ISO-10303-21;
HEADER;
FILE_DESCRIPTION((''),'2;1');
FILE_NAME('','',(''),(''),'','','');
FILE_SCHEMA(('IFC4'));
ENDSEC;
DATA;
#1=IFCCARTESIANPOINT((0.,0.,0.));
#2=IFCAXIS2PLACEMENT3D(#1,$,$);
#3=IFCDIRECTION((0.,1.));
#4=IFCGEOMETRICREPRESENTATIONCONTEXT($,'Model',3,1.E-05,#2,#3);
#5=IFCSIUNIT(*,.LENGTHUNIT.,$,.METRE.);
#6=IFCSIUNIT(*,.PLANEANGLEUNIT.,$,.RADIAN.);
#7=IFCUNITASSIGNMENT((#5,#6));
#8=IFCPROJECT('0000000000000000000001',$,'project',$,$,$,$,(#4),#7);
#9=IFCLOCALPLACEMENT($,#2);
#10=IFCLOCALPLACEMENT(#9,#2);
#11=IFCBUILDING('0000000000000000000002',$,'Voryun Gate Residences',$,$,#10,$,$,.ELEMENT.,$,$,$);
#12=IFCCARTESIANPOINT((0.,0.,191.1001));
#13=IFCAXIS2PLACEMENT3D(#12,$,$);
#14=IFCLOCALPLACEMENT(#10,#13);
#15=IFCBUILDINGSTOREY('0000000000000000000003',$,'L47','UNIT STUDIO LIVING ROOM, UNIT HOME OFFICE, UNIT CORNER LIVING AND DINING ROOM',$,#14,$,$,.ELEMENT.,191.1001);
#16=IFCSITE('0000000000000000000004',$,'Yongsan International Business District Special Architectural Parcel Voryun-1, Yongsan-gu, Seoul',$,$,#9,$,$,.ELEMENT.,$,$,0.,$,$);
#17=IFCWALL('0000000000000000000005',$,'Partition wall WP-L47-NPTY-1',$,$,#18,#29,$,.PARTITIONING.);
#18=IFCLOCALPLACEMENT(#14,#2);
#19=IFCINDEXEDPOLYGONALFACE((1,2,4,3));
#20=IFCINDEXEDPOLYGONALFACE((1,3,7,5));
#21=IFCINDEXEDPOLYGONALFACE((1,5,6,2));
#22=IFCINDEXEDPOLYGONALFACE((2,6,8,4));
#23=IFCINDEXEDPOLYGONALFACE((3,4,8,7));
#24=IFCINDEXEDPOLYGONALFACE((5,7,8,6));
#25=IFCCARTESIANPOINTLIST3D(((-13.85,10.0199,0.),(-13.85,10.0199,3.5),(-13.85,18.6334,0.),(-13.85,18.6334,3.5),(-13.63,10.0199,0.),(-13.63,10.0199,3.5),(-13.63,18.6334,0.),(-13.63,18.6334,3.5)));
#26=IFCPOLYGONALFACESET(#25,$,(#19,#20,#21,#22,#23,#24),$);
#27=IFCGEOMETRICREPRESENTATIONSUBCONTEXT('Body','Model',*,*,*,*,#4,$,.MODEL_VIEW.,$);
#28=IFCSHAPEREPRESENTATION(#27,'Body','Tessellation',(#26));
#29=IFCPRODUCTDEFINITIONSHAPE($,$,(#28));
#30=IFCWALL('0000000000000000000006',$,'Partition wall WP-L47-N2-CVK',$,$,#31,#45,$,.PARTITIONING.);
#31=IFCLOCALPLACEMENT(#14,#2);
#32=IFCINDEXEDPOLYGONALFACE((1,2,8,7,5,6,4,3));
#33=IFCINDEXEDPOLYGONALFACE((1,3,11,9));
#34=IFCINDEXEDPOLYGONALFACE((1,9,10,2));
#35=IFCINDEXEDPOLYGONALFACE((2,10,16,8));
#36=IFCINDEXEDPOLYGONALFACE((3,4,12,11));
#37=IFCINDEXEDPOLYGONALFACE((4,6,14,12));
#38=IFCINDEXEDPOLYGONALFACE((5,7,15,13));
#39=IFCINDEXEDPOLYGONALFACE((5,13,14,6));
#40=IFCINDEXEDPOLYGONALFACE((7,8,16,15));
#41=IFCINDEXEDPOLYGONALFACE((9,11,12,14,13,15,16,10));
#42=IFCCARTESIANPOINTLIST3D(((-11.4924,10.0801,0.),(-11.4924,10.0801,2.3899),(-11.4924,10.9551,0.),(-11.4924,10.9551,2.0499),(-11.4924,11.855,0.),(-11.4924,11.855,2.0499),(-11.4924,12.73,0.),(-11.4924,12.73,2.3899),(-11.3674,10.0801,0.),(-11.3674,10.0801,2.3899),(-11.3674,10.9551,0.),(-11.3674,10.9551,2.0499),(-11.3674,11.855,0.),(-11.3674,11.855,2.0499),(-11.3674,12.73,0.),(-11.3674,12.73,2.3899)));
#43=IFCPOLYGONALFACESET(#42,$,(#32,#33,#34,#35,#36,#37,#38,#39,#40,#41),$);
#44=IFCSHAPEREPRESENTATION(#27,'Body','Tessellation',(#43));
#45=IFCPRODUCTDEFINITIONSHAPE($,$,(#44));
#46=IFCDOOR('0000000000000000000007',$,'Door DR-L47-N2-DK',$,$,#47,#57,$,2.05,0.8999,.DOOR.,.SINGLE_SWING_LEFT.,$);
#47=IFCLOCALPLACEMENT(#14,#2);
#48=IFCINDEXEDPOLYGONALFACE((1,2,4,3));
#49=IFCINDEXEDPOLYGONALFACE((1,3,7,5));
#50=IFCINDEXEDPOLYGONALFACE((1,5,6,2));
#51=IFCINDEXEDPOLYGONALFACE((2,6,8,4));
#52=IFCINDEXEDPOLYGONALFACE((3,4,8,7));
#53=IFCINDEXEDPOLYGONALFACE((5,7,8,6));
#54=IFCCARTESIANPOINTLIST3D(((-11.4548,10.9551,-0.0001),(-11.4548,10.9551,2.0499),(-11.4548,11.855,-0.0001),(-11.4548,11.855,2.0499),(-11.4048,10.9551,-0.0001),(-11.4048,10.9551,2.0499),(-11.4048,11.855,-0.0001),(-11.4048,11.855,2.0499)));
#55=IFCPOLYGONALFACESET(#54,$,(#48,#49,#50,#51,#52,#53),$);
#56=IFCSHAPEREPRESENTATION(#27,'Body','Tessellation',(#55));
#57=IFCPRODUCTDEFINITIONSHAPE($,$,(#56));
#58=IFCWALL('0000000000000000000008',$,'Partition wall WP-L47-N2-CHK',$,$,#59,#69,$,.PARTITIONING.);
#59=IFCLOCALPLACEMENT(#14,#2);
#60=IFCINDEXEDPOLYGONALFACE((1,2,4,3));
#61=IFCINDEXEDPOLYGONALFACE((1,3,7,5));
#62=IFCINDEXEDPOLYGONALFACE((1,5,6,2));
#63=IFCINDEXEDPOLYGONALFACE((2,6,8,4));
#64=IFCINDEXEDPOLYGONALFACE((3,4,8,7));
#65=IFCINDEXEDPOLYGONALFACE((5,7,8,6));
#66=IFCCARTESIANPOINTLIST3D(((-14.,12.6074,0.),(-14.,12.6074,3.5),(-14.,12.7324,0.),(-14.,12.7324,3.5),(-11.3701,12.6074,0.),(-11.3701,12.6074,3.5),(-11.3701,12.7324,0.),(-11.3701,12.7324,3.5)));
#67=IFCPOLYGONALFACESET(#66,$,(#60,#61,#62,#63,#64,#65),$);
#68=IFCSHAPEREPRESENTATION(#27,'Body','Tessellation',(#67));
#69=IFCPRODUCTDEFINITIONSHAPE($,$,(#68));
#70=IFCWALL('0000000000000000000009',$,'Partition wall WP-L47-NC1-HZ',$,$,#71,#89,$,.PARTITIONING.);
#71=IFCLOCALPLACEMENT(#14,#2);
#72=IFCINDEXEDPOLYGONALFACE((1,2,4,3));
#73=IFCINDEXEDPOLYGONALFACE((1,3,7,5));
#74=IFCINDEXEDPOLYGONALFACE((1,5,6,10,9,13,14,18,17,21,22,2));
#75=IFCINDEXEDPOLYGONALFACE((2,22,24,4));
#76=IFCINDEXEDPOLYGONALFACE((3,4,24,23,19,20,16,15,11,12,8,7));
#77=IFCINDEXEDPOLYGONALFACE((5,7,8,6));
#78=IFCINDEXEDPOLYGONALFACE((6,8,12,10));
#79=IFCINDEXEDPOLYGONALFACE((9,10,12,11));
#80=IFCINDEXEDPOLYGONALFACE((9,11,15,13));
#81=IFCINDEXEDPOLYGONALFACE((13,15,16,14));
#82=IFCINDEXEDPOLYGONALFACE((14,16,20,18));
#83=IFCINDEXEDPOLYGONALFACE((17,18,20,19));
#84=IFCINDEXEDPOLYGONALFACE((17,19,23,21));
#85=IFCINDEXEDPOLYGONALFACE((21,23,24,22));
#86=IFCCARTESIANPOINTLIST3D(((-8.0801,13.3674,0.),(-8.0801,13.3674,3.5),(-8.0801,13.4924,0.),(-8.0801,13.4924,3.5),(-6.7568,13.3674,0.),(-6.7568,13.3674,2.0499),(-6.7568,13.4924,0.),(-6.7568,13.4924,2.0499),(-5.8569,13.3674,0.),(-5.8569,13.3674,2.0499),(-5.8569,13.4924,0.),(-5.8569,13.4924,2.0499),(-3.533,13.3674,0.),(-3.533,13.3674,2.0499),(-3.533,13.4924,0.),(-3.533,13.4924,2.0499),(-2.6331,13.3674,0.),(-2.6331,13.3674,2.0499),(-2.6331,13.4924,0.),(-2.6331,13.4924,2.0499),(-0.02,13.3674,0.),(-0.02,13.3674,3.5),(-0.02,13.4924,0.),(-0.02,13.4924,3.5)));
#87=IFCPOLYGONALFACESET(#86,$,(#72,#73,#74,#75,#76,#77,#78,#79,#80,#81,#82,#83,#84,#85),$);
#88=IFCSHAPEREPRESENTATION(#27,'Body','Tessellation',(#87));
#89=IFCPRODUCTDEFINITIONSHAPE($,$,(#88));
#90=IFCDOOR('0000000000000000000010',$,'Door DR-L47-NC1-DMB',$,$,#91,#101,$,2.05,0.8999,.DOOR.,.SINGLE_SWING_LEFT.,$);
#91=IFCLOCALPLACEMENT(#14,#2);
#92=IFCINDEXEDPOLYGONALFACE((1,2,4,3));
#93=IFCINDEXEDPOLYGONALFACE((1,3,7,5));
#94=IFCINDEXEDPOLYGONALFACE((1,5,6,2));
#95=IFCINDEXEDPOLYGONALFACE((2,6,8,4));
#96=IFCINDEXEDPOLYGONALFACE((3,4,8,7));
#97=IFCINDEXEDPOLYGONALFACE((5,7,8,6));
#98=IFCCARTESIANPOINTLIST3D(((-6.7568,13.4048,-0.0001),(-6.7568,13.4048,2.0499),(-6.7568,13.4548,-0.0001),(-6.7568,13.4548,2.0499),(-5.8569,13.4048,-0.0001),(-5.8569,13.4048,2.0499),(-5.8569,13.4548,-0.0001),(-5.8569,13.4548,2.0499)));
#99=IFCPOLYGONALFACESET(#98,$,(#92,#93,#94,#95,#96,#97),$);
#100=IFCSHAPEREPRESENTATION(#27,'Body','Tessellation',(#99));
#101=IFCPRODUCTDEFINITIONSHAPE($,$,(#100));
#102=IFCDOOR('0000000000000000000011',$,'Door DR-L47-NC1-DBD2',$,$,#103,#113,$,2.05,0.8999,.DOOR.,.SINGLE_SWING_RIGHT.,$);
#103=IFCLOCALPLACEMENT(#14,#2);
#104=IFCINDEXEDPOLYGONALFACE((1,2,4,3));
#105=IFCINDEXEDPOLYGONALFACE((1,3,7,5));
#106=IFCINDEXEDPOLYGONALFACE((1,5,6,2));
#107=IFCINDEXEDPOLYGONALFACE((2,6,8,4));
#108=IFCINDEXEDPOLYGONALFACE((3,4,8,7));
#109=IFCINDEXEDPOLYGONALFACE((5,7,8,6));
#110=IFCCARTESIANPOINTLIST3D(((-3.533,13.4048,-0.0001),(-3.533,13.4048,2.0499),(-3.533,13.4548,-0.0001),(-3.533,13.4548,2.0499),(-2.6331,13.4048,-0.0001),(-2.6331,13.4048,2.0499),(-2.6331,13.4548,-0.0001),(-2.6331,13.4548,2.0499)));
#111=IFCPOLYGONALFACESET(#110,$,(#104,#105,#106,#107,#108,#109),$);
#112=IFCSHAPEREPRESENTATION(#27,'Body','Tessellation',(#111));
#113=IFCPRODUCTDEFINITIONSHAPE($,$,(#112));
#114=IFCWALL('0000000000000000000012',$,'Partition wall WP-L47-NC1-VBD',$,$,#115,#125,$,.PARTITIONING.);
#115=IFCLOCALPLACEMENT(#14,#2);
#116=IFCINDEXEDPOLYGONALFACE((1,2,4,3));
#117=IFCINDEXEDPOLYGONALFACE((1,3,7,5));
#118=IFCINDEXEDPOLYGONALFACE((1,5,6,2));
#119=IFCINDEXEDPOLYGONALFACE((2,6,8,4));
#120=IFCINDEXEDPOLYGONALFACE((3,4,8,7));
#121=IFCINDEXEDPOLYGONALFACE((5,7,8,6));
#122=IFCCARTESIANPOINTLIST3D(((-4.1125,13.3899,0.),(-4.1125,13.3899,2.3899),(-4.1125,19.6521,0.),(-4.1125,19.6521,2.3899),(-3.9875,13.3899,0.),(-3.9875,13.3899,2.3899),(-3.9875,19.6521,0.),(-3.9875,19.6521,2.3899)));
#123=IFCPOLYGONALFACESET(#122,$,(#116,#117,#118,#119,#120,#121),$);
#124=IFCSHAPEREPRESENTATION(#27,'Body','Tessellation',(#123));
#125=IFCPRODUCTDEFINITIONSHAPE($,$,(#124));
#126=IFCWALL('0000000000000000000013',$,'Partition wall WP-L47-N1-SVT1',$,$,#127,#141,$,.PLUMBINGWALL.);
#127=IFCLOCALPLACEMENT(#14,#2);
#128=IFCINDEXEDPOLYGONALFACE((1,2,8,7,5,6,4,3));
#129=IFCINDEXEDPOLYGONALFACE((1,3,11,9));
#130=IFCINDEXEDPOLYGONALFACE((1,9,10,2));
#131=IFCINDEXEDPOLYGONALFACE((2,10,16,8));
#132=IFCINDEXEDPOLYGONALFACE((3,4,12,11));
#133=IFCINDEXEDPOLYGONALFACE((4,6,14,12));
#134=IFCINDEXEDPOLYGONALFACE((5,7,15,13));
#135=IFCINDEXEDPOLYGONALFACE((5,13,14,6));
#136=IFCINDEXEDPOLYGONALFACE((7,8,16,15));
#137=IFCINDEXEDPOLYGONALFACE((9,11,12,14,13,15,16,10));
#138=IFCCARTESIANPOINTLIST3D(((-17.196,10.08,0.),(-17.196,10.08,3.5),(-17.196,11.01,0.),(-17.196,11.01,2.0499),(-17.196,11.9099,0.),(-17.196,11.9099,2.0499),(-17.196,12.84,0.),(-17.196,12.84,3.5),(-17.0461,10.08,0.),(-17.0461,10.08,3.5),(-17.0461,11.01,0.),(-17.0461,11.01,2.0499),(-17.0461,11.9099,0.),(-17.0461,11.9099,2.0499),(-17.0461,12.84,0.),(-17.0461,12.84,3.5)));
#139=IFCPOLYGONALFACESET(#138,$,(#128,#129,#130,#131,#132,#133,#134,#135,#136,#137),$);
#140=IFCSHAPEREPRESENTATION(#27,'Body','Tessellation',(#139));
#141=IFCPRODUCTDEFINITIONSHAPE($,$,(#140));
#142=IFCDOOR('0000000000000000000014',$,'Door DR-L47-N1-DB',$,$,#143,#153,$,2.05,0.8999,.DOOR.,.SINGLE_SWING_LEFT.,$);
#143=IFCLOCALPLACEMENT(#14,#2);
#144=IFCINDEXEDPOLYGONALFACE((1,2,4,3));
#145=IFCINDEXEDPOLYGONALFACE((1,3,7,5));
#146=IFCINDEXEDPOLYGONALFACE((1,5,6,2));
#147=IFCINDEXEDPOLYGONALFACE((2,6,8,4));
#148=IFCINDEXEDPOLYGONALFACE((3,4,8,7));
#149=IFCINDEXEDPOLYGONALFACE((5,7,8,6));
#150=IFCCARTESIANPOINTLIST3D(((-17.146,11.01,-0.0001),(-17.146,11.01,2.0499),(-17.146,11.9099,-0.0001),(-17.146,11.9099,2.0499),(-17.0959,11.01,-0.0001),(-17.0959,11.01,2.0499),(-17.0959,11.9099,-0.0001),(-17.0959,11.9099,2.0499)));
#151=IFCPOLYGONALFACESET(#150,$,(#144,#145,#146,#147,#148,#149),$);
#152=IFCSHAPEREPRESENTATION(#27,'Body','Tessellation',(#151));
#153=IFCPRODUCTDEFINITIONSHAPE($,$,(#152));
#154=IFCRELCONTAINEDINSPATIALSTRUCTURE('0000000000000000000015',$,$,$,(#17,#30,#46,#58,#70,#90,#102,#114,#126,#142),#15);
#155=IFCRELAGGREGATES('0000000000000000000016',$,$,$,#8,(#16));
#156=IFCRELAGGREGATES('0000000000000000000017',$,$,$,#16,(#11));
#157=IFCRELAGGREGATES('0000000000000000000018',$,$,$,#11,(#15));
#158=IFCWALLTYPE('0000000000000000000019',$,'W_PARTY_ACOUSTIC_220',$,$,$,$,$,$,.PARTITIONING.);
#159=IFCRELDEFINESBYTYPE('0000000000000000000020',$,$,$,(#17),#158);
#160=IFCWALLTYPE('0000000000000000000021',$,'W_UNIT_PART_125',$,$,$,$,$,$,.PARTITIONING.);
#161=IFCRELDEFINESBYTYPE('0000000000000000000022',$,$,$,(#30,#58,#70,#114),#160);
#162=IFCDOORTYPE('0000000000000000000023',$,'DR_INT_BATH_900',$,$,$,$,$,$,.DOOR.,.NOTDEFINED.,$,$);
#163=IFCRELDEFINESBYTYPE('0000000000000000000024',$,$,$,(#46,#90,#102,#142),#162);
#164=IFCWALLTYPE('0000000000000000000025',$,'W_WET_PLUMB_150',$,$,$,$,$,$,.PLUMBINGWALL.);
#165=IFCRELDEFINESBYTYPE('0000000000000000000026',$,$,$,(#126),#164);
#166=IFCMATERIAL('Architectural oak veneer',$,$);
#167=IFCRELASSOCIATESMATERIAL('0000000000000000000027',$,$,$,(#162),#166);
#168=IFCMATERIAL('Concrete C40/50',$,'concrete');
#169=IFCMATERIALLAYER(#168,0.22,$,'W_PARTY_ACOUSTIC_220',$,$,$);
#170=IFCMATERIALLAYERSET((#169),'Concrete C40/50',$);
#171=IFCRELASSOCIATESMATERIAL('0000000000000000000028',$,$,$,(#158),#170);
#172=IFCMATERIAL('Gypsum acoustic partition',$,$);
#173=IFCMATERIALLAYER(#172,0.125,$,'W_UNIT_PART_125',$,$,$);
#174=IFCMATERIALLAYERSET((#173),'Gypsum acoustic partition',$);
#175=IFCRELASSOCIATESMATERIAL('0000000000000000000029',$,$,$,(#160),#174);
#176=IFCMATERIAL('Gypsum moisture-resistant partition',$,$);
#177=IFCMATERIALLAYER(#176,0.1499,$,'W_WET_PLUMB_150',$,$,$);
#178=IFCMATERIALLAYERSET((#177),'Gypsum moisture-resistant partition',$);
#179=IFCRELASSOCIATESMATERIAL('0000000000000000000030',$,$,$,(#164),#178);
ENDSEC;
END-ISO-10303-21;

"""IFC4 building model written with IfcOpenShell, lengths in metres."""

from ifc_helpers import new_model, si_unit, direction, frame, frame_2d, origin, place, context, subcontext, project, spatial, rectangle, extrude, material, layer, layer_set, type_object, element, fill, save


model = new_model("IFC4")

# Units and contexts
model_context = context("Model", 3, precision=1e-05, world=origin(), true_north=direction((0.0, 1.0)))
body_context = subcontext(model_context, "Body", "Model", "MODEL_VIEW")
ifc_project = project(units=[si_unit("LENGTHUNIT", "METRE"), si_unit("PLANEANGLEUNIT", "RADIAN")], contexts=[model_context])

# Site, building, storey
site_placement = place(None, origin())
site = spatial("IfcSite", under=ifc_project, at=site_placement, Name="Yongsan International Business District Special Architectural Parcel Voryun-1, Yongsan-gu, Seoul", CompositionType="ELEMENT", RefElevation=0.0)
building_placement = place(site_placement, origin())
building = spatial("IfcBuilding", under=site, at=building_placement, Name="Voryun Gate Residences", CompositionType="ELEMENT")
storey_placement = place(building_placement, frame((0.0, 0.0, 191.1001)))
storey = spatial("IfcBuildingStorey", under=building, at=storey_placement, Name="L47", Description="UNIT STUDIO LIVING ROOM, UNIT HOME OFFICE, UNIT CORNER LIVING AND DINING ROOM", CompositionType="ELEMENT", Elevation=191.1001)

# Shared definitions
ifc_material_1 = material(Name="Architectural oak veneer")
door_type = type_object("IfcDoorType", Name="DR_INT_BATH_900", OperationType="NOTDEFINED", PredefinedType="DOOR", material=ifc_material_1)

# Wall
ifc_material_2 = material(Name="Concrete C40/50", Category="concrete")
ifc_layer_1 = layer(ifc_material_2, 0.22, Name="W_PARTY_ACOUSTIC_220")
ifc_layer_set_1 = layer_set([ifc_layer_1], Name="Concrete C40/50")
wall_type_1 = type_object("IfcWallType", Name="W_PARTY_ACOUSTIC_220", PredefinedType="PARTITIONING", material=ifc_layer_set_1)
wall_1_placement = place(storey_placement, frame((-13.74, 10.02, 0.0), z_axis=(0.0, 0.0, 1.0), x_axis=(0.0, 1.0, 0.0)))
element("IfcWall", 1, at=wall_1_placement, inside=storey, type_object=wall_type_1, Name="Partition wall WP-L47-NPTY-1", PredefinedType="PARTITIONING", context=body_context, shape_type="SweptSolid", body=[
    extrude(rectangle(XDim=8.6135, YDim=0.22, at=frame_2d((4.3066, 0.0))), origin(), (0.0, 0.0, 1.0), 3.5),
])

# Wall, opening, door
ifc_material_3 = material(Name="Gypsum acoustic partition")
ifc_layer_2 = layer(ifc_material_3, 0.125, Name="W_UNIT_PART_125")
ifc_layer_set_2 = layer_set([ifc_layer_2], Name="Gypsum acoustic partition")
wall_type_2 = type_object("IfcWallType", Name="W_UNIT_PART_125", PredefinedType="PARTITIONING", material=ifc_layer_set_2)
wall_2_placement = place(storey_placement, frame((-11.4299, 10.0801, 0.0), z_axis=(0.0, 0.0, 1.0), x_axis=(0.0, 1.0, 0.0)))
wall_2 = element("IfcWall", 2, at=wall_2_placement, inside=storey, type_object=wall_type_2, Name="Partition wall WP-L47-N2-CVK", PredefinedType="PARTITIONING", context=body_context, shape_type="SweptSolid", body=[
    extrude(rectangle(XDim=2.6499, YDim=0.125, at=frame_2d((1.325, 0.0))), origin(), (0.0, 0.0, 1.0), 2.3899),
])
opening_1_placement = place(wall_2_placement, frame((0.875, 0.0, 0.0)))
opening_1 = element("IfcOpeningElement", 3, at=opening_1_placement, cuts=wall_2, PredefinedType="OPENING", context=body_context, shape_type="SweptSolid", body=[
    extrude(rectangle(XDim=0.8999, YDim=2.05, at=frame_2d((0.45, 1.0249))), frame((0.0, 0.0725, 0.0), z_axis=(0.0, -1.0, 0.0), x_axis=(1.0, 0.0, 0.0)), (0.0, 0.0, 1.0), 0.145),
])
door_1_placement = place(opening_1_placement, origin())
door_1 = element("IfcDoor", 4, at=door_1_placement, inside=storey, type_object=door_type, Name="Door DR-L47-N2-DK", OperationType="SINGLE_SWING_LEFT", OverallHeight=2.05, OverallWidth=0.8999, PredefinedType="DOOR", context=body_context, shape_type="SweptSolid", body=[
    extrude(rectangle(XDim=0.8999, YDim=2.05, at=frame_2d((0.45, 1.0249))), frame((0.0, 0.0249, 0.0), z_axis=(0.0, -1.0, 0.0), x_axis=(1.0, 0.0, 0.0)), (0.0, 0.0, 1.0), 0.05),
])
fill(opening_1, door_1)

# Wall
wall_3_placement = place(storey_placement, frame((-14.0, 12.6699, 0.0), z_axis=(0.0, 0.0, 1.0), x_axis=(1.0, 0.0, 0.0)))
element("IfcWall", 5, at=wall_3_placement, inside=storey, type_object=wall_type_2, Name="Partition wall WP-L47-N2-CHK", PredefinedType="PARTITIONING", context=body_context, shape_type="SweptSolid", body=[
    extrude(rectangle(XDim=2.6299, YDim=0.125, at=frame_2d((1.3149, 0.0))), origin(), (0.0, 0.0, 1.0), 3.5),
])

# Wall, openings, doors
wall_4_placement = place(storey_placement, frame((-8.0801, 13.4299, 0.0), z_axis=(0.0, 0.0, 1.0), x_axis=(1.0, 0.0, 0.0)))
wall_4 = element("IfcWall", 6, at=wall_4_placement, inside=storey, type_object=wall_type_2, Name="Partition wall WP-L47-NC1-HZ", PredefinedType="PARTITIONING", context=body_context, shape_type="SweptSolid", body=[
    extrude(rectangle(XDim=8.0601, YDim=0.125, at=frame_2d((4.03, 0.0))), origin(), (0.0, 0.0, 1.0), 3.5),
])
opening_2_placement = place(wall_4_placement, frame((1.3232, 0.0, 0.0)))
opening_2 = element("IfcOpeningElement", 7, at=opening_2_placement, cuts=wall_4, PredefinedType="OPENING", context=body_context, shape_type="SweptSolid", body=[
    extrude(rectangle(XDim=0.8999, YDim=2.05, at=frame_2d((0.45, 1.0249))), frame((0.0, 0.0725, 0.0), z_axis=(0.0, -1.0, 0.0), x_axis=(1.0, 0.0, 0.0)), (0.0, 0.0, 1.0), 0.145),
])
opening_3_placement = place(wall_4_placement, frame((4.5471, 0.0, 0.0)))
opening_3 = element("IfcOpeningElement", 8, at=opening_3_placement, cuts=wall_4, PredefinedType="OPENING", context=body_context, shape_type="SweptSolid", body=[
    extrude(rectangle(XDim=0.8999, YDim=2.05, at=frame_2d((0.45, 1.0249))), frame((0.0, 0.0725, 0.0), z_axis=(0.0, -1.0, 0.0), x_axis=(1.0, 0.0, 0.0)), (0.0, 0.0, 1.0), 0.145),
])
door_2_placement = place(opening_2_placement, origin())
door_2 = element("IfcDoor", 9, at=door_2_placement, inside=storey, type_object=door_type, Name="Door DR-L47-NC1-DMB", OperationType="SINGLE_SWING_LEFT", OverallHeight=2.05, OverallWidth=0.8999, PredefinedType="DOOR", context=body_context, shape_type="SweptSolid", body=[
    extrude(rectangle(XDim=0.8999, YDim=2.05, at=frame_2d((0.45, 1.0249))), frame((0.0, 0.0249, 0.0), z_axis=(0.0, -1.0, 0.0), x_axis=(1.0, 0.0, 0.0)), (0.0, 0.0, 1.0), 0.05),
])
fill(opening_2, door_2)
door_3_placement = place(opening_3_placement, origin())
door_3 = element("IfcDoor", 10, at=door_3_placement, inside=storey, type_object=door_type, Name="Door DR-L47-NC1-DBD2", OperationType="SINGLE_SWING_RIGHT", OverallHeight=2.05, OverallWidth=0.8999, PredefinedType="DOOR", context=body_context, shape_type="SweptSolid", body=[
    extrude(rectangle(XDim=0.8999, YDim=2.05, at=frame_2d((0.45, 1.0249))), frame((0.0, 0.0249, 0.0), z_axis=(0.0, -1.0, 0.0), x_axis=(1.0, 0.0, 0.0)), (0.0, 0.0, 1.0), 0.05),
])
fill(opening_3, door_3)

# Wall
wall_5_placement = place(storey_placement, frame((-4.05, 13.3899, 0.0), z_axis=(0.0, 0.0, 1.0), x_axis=(0.0, 1.0, 0.0)))
element("IfcWall", 11, at=wall_5_placement, inside=storey, type_object=wall_type_2, Name="Partition wall WP-L47-NC1-VBD", PredefinedType="PARTITIONING", context=body_context, shape_type="SweptSolid", body=[
    extrude(rectangle(XDim=6.2622, YDim=0.125, at=frame_2d((3.1311, 0.0))), origin(), (0.0, 0.0, 1.0), 2.3899),
])

# Wall, opening, door
ifc_material_4 = material(Name="Gypsum moisture-resistant partition")
ifc_layer_3 = layer(ifc_material_4, 0.1499, Name="W_WET_PLUMB_150")
ifc_layer_set_3 = layer_set([ifc_layer_3], Name="Gypsum moisture-resistant partition")
wall_type_3 = type_object("IfcWallType", Name="W_WET_PLUMB_150", PredefinedType="PLUMBINGWALL", material=ifc_layer_set_3)
wall_6_placement = place(storey_placement, frame((-17.1211, 10.0801, 0.0), z_axis=(0.0, 0.0, 1.0), x_axis=(0.0, 1.0, 0.0)))
wall_6 = element("IfcWall", 12, at=wall_6_placement, inside=storey, type_object=wall_type_3, Name="Partition wall WP-L47-N1-SVT1", PredefinedType="PLUMBINGWALL", context=body_context, shape_type="SweptSolid", body=[
    extrude(rectangle(XDim=2.76, YDim=0.1499, at=frame_2d((1.3799, 0.0))), origin(), (0.0, 0.0, 1.0), 3.5),
])
opening_4_placement = place(wall_6_placement, frame((0.9299, 0.0, 0.0)))
opening_4 = element("IfcOpeningElement", 13, at=opening_4_placement, cuts=wall_6, PredefinedType="OPENING", context=body_context, shape_type="SweptSolid", body=[
    extrude(rectangle(XDim=0.8999, YDim=2.05, at=frame_2d((0.45, 1.0249))), frame((0.0, 0.085, 0.0), z_axis=(0.0, -1.0, 0.0), x_axis=(1.0, 0.0, 0.0)), (0.0, 0.0, 1.0), 0.1699),
])
door_4_placement = place(opening_4_placement, origin())
door_4 = element("IfcDoor", 14, at=door_4_placement, inside=storey, type_object=door_type, Name="Door DR-L47-N1-DB", OperationType="SINGLE_SWING_LEFT", OverallHeight=2.05, OverallWidth=0.8999, PredefinedType="DOOR", context=body_context, shape_type="SweptSolid", body=[
    extrude(rectangle(XDim=0.8999, YDim=2.05, at=frame_2d((0.45, 1.0249))), frame((0.0, 0.0249, 0.0), z_axis=(0.0, -1.0, 0.0), x_axis=(1.0, 0.0, 0.0)), (0.0, 0.0, 1.0), 0.05),
])
fill(opening_4, door_4)

save(model, "model.ifc")
